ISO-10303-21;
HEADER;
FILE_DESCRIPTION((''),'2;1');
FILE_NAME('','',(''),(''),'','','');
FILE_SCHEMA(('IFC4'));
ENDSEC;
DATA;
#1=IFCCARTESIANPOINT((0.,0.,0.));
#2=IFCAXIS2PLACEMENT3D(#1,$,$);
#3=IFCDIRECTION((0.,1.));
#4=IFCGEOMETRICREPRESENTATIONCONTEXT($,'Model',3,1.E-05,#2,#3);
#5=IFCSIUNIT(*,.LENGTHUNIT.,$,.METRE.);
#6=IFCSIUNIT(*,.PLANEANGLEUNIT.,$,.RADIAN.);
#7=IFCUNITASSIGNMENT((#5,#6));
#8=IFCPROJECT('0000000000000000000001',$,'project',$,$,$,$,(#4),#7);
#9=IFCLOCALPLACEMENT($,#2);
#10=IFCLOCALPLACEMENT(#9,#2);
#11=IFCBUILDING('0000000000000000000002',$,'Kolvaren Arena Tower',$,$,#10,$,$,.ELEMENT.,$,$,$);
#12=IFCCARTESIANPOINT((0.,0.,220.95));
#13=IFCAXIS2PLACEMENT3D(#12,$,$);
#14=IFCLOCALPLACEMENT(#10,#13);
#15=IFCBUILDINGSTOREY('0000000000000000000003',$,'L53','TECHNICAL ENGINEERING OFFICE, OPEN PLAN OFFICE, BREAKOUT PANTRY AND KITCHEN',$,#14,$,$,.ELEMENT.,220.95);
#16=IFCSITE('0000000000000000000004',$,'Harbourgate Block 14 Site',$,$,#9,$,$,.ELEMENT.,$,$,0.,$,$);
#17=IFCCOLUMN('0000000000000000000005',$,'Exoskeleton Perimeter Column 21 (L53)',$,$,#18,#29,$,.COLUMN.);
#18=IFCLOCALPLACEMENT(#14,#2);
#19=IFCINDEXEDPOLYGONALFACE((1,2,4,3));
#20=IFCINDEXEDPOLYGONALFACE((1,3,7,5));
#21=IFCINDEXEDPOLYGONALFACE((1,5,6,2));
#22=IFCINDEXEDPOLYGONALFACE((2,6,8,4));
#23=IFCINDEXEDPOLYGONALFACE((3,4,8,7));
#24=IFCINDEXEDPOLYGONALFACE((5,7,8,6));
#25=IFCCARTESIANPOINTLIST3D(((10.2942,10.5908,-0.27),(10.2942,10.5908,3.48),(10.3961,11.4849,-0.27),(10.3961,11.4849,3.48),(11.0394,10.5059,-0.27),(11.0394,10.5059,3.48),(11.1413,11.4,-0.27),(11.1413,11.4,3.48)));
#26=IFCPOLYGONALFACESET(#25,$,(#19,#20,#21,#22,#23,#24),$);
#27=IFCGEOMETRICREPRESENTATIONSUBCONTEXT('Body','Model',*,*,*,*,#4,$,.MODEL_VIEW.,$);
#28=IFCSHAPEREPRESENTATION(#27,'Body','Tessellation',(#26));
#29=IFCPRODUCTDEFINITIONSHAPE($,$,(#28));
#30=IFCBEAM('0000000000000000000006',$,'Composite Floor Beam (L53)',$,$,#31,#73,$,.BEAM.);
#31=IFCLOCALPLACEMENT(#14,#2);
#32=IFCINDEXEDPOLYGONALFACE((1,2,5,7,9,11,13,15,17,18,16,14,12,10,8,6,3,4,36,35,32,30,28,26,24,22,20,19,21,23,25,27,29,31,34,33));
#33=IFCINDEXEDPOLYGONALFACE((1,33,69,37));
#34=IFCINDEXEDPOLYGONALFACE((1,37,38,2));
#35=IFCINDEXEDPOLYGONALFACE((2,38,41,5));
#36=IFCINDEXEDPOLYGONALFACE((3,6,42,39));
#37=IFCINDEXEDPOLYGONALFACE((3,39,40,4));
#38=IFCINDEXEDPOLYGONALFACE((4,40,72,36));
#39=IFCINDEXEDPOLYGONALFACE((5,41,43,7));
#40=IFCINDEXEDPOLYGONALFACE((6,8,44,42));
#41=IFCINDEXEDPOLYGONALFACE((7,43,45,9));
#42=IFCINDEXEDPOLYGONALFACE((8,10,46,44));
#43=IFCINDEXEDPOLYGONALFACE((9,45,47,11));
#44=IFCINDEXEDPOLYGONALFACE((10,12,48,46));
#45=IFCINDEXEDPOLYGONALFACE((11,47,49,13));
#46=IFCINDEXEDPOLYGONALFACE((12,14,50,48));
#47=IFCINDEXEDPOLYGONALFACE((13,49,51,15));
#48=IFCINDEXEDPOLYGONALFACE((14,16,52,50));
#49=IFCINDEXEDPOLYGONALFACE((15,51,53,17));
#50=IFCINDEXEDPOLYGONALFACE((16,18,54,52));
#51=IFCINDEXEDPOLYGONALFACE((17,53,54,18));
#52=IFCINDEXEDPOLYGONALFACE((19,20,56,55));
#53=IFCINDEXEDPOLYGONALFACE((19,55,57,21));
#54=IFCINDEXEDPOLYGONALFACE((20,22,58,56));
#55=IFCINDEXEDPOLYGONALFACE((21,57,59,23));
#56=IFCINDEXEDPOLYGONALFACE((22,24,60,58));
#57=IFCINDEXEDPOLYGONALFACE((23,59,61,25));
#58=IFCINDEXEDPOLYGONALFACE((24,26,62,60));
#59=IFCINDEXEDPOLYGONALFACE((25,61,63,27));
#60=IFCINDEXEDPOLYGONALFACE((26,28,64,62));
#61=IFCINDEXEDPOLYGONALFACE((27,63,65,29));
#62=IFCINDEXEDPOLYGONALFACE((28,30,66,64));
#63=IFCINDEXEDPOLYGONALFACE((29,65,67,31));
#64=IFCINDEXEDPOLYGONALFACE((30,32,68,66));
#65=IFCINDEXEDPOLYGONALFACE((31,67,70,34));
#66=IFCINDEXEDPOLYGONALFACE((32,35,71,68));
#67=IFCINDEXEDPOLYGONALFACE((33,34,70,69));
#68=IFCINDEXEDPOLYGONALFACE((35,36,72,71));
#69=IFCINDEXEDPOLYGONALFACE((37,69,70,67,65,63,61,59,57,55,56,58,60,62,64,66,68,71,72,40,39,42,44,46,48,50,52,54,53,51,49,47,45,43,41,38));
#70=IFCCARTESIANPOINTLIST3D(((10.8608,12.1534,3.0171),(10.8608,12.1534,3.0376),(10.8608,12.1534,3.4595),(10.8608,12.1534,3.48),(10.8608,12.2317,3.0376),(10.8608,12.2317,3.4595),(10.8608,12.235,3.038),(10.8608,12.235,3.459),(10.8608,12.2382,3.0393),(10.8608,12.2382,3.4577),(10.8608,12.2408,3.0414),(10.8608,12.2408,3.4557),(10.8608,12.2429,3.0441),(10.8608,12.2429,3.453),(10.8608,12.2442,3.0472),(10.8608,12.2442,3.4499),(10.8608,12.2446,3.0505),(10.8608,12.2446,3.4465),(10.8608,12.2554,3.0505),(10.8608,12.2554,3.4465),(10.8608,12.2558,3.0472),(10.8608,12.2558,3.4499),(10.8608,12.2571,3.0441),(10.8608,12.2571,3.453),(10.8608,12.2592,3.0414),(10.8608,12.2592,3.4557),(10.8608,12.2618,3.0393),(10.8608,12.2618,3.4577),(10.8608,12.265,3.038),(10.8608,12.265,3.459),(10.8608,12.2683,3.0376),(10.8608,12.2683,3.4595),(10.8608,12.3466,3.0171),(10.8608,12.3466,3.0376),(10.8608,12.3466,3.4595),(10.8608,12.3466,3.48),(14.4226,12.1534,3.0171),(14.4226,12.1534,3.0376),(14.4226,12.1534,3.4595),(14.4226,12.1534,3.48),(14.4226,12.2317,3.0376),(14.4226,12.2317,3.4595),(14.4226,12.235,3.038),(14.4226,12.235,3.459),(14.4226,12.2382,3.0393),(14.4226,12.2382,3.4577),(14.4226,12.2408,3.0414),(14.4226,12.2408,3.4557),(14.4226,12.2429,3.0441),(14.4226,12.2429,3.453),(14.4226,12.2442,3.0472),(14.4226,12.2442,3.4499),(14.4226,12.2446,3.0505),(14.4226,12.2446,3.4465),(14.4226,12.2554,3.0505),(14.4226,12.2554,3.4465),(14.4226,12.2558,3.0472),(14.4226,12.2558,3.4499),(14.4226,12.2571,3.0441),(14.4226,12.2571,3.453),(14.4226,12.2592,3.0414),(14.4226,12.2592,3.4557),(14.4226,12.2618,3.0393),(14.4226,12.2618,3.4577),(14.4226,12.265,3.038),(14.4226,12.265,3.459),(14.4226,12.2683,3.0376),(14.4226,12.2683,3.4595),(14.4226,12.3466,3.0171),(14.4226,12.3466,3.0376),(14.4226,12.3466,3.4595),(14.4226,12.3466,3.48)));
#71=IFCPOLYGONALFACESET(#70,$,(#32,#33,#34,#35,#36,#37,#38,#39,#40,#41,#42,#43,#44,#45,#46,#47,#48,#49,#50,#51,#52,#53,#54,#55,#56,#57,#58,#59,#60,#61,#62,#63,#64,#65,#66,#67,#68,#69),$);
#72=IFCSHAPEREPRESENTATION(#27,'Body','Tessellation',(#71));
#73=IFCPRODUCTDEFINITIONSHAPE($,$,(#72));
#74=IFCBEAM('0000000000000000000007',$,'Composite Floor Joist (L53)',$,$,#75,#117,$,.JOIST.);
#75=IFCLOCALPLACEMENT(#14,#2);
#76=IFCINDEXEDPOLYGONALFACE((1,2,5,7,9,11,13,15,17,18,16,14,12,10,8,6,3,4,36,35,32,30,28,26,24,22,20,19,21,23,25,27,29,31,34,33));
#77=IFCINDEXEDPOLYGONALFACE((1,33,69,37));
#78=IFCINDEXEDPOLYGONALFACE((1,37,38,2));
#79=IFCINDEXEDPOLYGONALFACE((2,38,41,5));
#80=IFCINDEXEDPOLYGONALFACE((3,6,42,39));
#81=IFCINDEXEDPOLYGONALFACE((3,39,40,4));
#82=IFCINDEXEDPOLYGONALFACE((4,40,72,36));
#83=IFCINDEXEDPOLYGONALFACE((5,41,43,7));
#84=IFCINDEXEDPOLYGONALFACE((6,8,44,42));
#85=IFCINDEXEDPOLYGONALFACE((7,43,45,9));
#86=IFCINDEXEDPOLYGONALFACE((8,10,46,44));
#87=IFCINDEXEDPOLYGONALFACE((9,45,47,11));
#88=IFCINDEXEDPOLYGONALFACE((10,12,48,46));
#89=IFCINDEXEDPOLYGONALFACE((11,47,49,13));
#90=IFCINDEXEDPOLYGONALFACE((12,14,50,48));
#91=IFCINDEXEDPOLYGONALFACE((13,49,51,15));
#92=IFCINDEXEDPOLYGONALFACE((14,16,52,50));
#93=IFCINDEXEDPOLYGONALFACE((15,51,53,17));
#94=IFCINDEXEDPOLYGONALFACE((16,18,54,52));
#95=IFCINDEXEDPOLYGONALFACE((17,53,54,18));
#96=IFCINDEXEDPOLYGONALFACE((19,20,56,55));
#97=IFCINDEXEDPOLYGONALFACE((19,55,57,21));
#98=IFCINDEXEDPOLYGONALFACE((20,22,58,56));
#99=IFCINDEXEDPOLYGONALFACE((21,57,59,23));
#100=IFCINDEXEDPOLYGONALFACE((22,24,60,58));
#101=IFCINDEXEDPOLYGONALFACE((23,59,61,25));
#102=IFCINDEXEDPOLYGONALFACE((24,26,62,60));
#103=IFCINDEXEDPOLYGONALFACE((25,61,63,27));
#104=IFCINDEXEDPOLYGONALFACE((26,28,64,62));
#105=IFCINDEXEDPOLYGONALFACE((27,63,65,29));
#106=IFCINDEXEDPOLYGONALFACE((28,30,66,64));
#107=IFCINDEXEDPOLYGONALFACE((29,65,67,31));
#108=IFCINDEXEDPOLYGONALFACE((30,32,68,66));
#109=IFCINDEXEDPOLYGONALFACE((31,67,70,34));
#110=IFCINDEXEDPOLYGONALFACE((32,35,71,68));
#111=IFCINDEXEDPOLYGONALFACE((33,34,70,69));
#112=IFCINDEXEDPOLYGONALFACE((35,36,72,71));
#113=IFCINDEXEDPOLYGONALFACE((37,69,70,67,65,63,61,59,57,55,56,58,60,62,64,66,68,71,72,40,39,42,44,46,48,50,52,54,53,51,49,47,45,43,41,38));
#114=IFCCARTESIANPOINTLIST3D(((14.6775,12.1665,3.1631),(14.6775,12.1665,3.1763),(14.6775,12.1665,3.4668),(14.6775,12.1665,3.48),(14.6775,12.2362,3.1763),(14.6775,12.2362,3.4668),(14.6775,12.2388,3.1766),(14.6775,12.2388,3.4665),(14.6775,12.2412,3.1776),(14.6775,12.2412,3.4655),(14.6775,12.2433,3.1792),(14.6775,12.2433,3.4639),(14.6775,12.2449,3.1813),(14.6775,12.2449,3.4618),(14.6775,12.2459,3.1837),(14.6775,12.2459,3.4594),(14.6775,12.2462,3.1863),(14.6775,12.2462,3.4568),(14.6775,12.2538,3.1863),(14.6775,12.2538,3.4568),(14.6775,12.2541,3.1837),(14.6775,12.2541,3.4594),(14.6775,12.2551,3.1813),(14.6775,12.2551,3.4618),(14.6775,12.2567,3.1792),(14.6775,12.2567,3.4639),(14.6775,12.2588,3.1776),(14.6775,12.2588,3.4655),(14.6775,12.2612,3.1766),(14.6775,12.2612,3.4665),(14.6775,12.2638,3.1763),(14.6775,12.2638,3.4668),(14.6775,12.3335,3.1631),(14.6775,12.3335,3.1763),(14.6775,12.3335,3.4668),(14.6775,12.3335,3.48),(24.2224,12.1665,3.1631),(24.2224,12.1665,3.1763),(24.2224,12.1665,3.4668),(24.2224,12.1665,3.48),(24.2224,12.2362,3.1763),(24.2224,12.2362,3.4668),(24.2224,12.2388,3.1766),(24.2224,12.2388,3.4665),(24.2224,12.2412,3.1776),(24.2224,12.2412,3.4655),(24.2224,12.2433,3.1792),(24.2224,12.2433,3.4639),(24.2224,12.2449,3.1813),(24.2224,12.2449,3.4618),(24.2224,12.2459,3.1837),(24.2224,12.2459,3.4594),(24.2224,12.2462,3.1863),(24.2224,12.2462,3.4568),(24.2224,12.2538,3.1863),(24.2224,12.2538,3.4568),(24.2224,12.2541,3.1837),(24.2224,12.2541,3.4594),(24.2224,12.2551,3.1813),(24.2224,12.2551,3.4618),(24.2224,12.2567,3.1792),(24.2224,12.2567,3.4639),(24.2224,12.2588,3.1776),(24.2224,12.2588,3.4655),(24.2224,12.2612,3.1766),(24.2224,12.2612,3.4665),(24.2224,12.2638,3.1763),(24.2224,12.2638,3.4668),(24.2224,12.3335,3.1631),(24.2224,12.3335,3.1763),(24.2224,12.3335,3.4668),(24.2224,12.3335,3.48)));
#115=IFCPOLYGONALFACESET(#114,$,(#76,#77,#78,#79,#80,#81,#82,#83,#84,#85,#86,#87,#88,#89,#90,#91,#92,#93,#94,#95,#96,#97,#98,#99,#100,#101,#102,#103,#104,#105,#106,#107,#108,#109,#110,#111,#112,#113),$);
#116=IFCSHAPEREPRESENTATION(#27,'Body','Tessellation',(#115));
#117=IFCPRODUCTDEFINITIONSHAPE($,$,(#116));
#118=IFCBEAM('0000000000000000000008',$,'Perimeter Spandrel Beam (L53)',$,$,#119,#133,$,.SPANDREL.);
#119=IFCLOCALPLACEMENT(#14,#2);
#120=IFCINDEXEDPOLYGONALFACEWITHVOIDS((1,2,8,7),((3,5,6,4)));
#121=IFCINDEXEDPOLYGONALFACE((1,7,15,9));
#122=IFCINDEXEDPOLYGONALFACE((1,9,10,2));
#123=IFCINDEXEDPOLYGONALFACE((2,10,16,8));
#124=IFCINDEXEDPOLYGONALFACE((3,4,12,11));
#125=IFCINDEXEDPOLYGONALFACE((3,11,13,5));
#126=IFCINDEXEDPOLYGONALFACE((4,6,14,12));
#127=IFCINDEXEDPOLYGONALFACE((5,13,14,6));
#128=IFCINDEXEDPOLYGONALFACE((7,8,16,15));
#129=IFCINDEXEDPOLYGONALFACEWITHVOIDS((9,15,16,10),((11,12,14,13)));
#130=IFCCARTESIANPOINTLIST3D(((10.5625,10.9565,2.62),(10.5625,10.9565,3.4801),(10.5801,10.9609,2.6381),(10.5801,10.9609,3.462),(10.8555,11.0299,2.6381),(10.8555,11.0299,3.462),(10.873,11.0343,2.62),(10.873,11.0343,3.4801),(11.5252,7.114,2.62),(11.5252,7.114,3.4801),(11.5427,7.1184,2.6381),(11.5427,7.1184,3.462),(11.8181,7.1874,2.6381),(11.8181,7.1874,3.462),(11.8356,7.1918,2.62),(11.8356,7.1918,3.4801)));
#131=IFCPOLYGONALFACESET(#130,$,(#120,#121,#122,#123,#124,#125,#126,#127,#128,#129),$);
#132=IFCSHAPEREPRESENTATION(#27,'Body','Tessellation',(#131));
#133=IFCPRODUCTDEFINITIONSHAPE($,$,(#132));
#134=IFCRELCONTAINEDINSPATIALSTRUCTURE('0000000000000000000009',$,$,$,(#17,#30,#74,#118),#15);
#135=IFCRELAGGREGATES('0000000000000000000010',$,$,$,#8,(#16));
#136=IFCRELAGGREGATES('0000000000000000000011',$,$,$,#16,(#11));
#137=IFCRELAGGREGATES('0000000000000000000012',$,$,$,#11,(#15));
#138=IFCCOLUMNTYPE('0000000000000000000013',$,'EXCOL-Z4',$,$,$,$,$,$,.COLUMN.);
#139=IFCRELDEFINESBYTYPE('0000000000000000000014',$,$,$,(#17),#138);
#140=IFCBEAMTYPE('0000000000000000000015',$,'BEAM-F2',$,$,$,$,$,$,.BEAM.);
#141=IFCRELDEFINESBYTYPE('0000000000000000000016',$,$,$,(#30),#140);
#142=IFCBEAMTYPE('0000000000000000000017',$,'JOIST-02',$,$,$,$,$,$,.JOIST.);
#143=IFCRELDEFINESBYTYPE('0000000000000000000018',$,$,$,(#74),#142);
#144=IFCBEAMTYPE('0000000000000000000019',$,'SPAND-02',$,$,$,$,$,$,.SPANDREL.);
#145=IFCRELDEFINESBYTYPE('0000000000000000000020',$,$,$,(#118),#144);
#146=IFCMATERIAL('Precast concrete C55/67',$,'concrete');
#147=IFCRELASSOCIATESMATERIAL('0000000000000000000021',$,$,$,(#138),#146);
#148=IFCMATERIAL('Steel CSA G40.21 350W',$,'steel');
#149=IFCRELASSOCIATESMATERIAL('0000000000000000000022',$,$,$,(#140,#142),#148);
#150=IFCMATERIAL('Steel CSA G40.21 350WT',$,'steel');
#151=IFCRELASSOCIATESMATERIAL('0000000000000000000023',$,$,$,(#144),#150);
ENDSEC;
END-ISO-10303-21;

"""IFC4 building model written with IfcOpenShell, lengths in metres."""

from ifc_helpers import new_model, si_unit, direction, frame, origin, origin_2d, place, context, subcontext, project, spatial, rectangle, hollow_rectangle, i_section, extrude, material, material_profile, profile_set, type_object, element, save


model = new_model("IFC4")

# Units and contexts
model_context = context("Model", 3, precision=1e-05, world=origin(), true_north=direction((0.0, 1.0)))
body_context = subcontext(model_context, "Body", "Model", "MODEL_VIEW")
ifc_project = project(units=[si_unit("LENGTHUNIT", "METRE"), si_unit("PLANEANGLEUNIT", "RADIAN")], contexts=[model_context])

# Site, building, storey
site_placement = place(None, origin())
site = spatial("IfcSite", under=ifc_project, at=site_placement, Name="Harbourgate Block 14 Site", CompositionType="ELEMENT", RefElevation=0.0)
building_placement = place(site_placement, origin())
building = spatial("IfcBuilding", under=site, at=building_placement, Name="Kolvaren Arena Tower", CompositionType="ELEMENT")
storey_placement = place(building_placement, frame((0.0, 0.0, 220.95)))
storey = spatial("IfcBuildingStorey", under=building, at=storey_placement, Name="L53", Description="TECHNICAL ENGINEERING OFFICE, OPEN PLAN OFFICE, BREAKOUT PANTRY AND KITCHEN", CompositionType="ELEMENT", Elevation=220.95)

# Column
ifc_material_1 = material(Name="Precast concrete C55/67", Category="concrete")
ifc_material_profile_1 = material_profile(ifc_material_1, rectangle(XDim=0.8999, YDim=0.75, at=origin_2d()), Name="RC-900x750")
ifc_profile_set_1 = profile_set([ifc_material_profile_1], Name="Precast concrete C55/67")
column_type = type_object("IfcColumnType", Name="EXCOL-Z4", PredefinedType="COLUMN", material=ifc_profile_set_1)
column_placement = place(storey_placement, frame((10.7178, 10.9954, -0.27), z_axis=(0.0, 0.0, 1.0), x_axis=(0.113203, 0.993572, 0.0)))
element("IfcColumn", 1, at=column_placement, inside=storey, type_object=column_type, Name="Exoskeleton Perimeter Column 21 (L53)", PredefinedType="COLUMN", context=body_context, shape_type="SweptSolid", body=[
    extrude(rectangle(XDim=0.8999, YDim=0.75, at=origin_2d()), origin(), (0.0, 0.0, 1.0), 3.75),
])

# Beams
ifc_material_2 = material(Name="Steel CSA G40.21 350W", Category="steel")
ifc_material_profile_2 = material_profile(ifc_material_2, i_section(OverallWidth=0.1931, OverallDepth=0.4629, WebThickness=0.0107, FlangeThickness=0.0205, FilletRadius=0.0129, at=origin_2d()), Name="W460x113")
ifc_profile_set_2 = profile_set([ifc_material_profile_2], Name="Steel CSA G40.21 350W")
beam_type_1 = type_object("IfcBeamType", Name="BEAM-F2", PredefinedType="BEAM", material=ifc_profile_set_2)
beam_1_placement = place(storey_placement, frame((10.8608, 12.25, 3.2485), z_axis=(1.0, 0.0, 0.0), x_axis=(0.0, 1.0, 0.0)))
element("IfcBeam", 2, at=beam_1_placement, inside=storey, type_object=beam_type_1, Name="Composite Floor Beam (L53)", PredefinedType="BEAM", context=body_context, shape_type="SweptSolid", body=[
    extrude(i_section(OverallWidth=0.1931, OverallDepth=0.4629, WebThickness=0.0107, FlangeThickness=0.0205, FilletRadius=0.0129, at=origin_2d()), origin(), (0.0, 0.0, 1.0), 3.5618),
])
ifc_material_profile_3 = material_profile(ifc_material_2, i_section(OverallWidth=0.167, OverallDepth=0.3169, WebThickness=0.0076, FlangeThickness=0.0132, FilletRadius=0.01, at=origin_2d()), Name="W310x52")
ifc_profile_set_3 = profile_set([ifc_material_profile_3], Name="Steel CSA G40.21 350W")
beam_type_2 = type_object("IfcBeamType", Name="JOIST-02", PredefinedType="JOIST", material=ifc_profile_set_3)
beam_2_placement = place(storey_placement, frame((14.6775, 12.25, 3.3215), z_axis=(1.0, 0.0, 0.0), x_axis=(0.0, 1.0, 0.0)))
element("IfcBeam", 3, at=beam_2_placement, inside=storey, type_object=beam_type_2, Name="Composite Floor Joist (L53)", PredefinedType="JOIST", context=body_context, shape_type="SweptSolid", body=[
    extrude(i_section(OverallWidth=0.167, OverallDepth=0.3169, WebThickness=0.0076, FlangeThickness=0.0132, FilletRadius=0.01, at=origin_2d()), origin(), (0.0, 0.0, 1.0), 9.5449),
])
ifc_material_3 = material(Name="Steel CSA G40.21 350WT", Category="steel")
ifc_material_profile_4 = material_profile(ifc_material_3, hollow_rectangle(XDim=0.3201, YDim=0.8601, WallThickness=0.0181, at=origin_2d()), Name="HSS 860x320x18")
ifc_profile_set_4 = profile_set([ifc_material_profile_4], Name="Steel CSA G40.21 350WT")
beam_type_3 = type_object("IfcBeamType", Name="SPAND-02", PredefinedType="SPANDREL", material=ifc_profile_set_4)
beam_3_placement = place(storey_placement, frame((10.7178, 10.9954, 3.05), z_axis=(0.243014, -0.970023, 0.0), x_axis=(0.970023, 0.243014, 0.0)))
element("IfcBeam", 4, at=beam_3_placement, inside=storey, type_object=beam_type_3, Name="Perimeter Spandrel Beam (L53)", PredefinedType="SPANDREL", context=body_context, shape_type="SweptSolid", body=[
    extrude(hollow_rectangle(XDim=0.3201, YDim=0.8601, WallThickness=0.0181, at=origin_2d()), origin(), (0.0, 0.0, 1.0), 3.9612),
])

save(model, "model.ifc")
